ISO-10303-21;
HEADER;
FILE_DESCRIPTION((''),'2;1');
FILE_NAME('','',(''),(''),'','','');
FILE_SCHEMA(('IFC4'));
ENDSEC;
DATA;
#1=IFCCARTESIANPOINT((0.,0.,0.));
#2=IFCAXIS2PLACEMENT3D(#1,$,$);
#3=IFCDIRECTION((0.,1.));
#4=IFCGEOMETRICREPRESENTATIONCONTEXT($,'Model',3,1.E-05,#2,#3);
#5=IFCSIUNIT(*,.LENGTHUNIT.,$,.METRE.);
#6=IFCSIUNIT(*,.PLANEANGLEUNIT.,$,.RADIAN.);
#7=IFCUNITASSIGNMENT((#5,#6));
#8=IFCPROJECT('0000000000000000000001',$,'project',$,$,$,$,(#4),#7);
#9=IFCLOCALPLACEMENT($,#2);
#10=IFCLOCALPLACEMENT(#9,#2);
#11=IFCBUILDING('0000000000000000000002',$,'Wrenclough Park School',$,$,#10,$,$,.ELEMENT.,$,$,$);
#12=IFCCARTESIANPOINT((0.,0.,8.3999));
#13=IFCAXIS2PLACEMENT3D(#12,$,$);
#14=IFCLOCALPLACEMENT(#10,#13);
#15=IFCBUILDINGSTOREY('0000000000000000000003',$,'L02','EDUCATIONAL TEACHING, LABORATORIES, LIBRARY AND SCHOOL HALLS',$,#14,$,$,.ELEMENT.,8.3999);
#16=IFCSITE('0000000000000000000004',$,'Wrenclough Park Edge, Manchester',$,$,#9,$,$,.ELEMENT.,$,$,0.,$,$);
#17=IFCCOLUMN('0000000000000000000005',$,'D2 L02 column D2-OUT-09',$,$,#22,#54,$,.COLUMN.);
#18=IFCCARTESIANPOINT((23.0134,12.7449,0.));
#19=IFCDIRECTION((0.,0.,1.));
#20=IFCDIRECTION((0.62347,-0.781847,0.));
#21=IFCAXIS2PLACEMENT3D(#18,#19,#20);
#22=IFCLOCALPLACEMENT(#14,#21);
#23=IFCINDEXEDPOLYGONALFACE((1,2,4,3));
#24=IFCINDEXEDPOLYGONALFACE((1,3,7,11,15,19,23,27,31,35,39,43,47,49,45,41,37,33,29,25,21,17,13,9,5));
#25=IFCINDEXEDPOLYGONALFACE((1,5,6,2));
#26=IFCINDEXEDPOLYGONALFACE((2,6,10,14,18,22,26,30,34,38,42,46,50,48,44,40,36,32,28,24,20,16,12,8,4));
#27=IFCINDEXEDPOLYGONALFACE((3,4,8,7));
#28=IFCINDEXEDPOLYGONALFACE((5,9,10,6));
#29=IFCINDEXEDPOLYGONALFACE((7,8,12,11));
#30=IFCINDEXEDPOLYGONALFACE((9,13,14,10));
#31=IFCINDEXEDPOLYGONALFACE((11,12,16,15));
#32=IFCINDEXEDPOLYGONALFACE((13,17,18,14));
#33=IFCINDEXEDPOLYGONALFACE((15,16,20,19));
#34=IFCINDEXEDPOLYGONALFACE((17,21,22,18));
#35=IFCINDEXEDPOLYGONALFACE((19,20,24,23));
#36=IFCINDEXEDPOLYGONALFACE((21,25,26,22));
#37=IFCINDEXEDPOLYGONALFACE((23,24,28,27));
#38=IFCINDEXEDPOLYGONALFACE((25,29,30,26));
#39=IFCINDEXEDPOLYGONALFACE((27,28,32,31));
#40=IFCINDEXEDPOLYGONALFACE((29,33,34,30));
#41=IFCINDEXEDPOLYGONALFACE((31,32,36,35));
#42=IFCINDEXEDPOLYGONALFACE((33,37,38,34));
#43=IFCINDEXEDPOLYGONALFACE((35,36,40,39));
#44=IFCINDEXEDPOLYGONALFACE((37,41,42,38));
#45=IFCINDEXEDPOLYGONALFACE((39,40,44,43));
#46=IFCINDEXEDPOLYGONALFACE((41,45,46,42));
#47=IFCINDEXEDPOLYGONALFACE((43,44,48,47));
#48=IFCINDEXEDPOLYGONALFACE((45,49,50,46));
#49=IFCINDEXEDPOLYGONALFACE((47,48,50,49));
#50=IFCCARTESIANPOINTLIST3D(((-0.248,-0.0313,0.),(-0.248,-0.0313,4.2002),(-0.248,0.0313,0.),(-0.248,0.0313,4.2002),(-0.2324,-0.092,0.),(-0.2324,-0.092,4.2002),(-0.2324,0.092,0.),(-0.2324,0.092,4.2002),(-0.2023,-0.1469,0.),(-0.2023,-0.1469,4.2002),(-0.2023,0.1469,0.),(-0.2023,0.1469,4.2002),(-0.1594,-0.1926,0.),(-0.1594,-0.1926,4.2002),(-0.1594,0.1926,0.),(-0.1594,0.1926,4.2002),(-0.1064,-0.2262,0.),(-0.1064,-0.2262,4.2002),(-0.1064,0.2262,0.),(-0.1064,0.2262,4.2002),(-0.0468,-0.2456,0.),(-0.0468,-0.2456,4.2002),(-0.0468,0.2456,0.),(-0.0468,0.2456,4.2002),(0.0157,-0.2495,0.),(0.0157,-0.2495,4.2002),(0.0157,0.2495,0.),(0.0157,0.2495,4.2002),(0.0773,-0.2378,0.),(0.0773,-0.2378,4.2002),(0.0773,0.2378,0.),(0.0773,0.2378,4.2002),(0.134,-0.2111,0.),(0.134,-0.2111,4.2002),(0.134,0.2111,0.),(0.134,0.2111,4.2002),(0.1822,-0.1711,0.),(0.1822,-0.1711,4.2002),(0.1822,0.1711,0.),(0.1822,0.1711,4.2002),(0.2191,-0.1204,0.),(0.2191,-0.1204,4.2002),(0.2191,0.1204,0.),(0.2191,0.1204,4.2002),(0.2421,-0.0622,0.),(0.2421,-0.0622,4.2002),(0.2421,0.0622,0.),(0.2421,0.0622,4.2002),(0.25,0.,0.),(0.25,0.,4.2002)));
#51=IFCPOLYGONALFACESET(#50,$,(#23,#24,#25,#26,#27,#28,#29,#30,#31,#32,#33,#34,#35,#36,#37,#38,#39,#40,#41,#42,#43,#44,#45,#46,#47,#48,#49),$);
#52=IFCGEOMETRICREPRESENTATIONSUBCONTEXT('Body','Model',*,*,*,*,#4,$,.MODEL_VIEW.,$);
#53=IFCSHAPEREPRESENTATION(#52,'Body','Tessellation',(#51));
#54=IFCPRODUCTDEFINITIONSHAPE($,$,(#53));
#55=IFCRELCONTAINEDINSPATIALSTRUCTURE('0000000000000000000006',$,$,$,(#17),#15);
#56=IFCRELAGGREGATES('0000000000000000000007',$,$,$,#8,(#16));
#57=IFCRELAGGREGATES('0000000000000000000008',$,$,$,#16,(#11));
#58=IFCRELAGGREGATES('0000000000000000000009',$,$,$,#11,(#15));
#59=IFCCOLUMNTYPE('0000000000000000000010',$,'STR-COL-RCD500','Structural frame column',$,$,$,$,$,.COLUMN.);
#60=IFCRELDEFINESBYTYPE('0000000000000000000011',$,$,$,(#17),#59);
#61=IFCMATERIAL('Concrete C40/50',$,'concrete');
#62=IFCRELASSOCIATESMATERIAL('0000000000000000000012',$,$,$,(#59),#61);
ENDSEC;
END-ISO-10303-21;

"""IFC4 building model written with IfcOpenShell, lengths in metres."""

from ifc_helpers import new_model, si_unit, direction, frame, origin, origin_2d, place, context, subcontext, project, spatial, circle, extrude, material, material_profile, profile_set, type_object, element, save


model = new_model("IFC4")

# Units and contexts
model_context = context("Model", 3, precision=1e-05, world=origin(), true_north=direction((0.0, 1.0)))
body_context = subcontext(model_context, "Body", "Model", "MODEL_VIEW")
ifc_project = project(units=[si_unit("LENGTHUNIT", "METRE"), si_unit("PLANEANGLEUNIT", "RADIAN")], contexts=[model_context])

# Site, building, storey
site_placement = place(None, origin())
site = spatial("IfcSite", under=ifc_project, at=site_placement, Name="Wrenclough Park Edge, Manchester", CompositionType="ELEMENT", RefElevation=0.0)
building_placement = place(site_placement, origin())
building = spatial("IfcBuilding", under=site, at=building_placement, Name="Wrenclough Park School", CompositionType="ELEMENT")
storey_placement = place(building_placement, frame((0.0, 0.0, 8.3999)))
storey = spatial("IfcBuildingStorey", under=building, at=storey_placement, Name="L02", Description="EDUCATIONAL TEACHING, LABORATORIES, LIBRARY AND SCHOOL HALLS", CompositionType="ELEMENT", Elevation=8.3999)

# Column
ifc_material_1 = material(Name="Concrete C40/50", Category="concrete")
ifc_material_profile_1 = material_profile(ifc_material_1, circle(Radius=0.25, at=origin_2d()), Name="RC COL D500")
ifc_profile_set_1 = profile_set([ifc_material_profile_1], Name="Concrete C40/50")
column_type = type_object("IfcColumnType", Name="STR-COL-RCD500", Description="Structural frame column", PredefinedType="COLUMN", material=ifc_profile_set_1)
column_placement = place(storey_placement, frame((23.0134, 12.7449, 0.0), z_axis=(0.0, 0.0, 1.0), x_axis=(0.62347, -0.781847, 0.0)))
element("IfcColumn", 1, at=column_placement, inside=storey, type_object=column_type, Name="D2 L02 column D2-OUT-09", PredefinedType="COLUMN", context=body_context, shape_type="SweptSolid", body=[
    extrude(circle(Radius=0.25, at=origin_2d()), origin(), (0.0, 0.0, 1.0), 4.2002),
])

save(model, "model.ifc")
